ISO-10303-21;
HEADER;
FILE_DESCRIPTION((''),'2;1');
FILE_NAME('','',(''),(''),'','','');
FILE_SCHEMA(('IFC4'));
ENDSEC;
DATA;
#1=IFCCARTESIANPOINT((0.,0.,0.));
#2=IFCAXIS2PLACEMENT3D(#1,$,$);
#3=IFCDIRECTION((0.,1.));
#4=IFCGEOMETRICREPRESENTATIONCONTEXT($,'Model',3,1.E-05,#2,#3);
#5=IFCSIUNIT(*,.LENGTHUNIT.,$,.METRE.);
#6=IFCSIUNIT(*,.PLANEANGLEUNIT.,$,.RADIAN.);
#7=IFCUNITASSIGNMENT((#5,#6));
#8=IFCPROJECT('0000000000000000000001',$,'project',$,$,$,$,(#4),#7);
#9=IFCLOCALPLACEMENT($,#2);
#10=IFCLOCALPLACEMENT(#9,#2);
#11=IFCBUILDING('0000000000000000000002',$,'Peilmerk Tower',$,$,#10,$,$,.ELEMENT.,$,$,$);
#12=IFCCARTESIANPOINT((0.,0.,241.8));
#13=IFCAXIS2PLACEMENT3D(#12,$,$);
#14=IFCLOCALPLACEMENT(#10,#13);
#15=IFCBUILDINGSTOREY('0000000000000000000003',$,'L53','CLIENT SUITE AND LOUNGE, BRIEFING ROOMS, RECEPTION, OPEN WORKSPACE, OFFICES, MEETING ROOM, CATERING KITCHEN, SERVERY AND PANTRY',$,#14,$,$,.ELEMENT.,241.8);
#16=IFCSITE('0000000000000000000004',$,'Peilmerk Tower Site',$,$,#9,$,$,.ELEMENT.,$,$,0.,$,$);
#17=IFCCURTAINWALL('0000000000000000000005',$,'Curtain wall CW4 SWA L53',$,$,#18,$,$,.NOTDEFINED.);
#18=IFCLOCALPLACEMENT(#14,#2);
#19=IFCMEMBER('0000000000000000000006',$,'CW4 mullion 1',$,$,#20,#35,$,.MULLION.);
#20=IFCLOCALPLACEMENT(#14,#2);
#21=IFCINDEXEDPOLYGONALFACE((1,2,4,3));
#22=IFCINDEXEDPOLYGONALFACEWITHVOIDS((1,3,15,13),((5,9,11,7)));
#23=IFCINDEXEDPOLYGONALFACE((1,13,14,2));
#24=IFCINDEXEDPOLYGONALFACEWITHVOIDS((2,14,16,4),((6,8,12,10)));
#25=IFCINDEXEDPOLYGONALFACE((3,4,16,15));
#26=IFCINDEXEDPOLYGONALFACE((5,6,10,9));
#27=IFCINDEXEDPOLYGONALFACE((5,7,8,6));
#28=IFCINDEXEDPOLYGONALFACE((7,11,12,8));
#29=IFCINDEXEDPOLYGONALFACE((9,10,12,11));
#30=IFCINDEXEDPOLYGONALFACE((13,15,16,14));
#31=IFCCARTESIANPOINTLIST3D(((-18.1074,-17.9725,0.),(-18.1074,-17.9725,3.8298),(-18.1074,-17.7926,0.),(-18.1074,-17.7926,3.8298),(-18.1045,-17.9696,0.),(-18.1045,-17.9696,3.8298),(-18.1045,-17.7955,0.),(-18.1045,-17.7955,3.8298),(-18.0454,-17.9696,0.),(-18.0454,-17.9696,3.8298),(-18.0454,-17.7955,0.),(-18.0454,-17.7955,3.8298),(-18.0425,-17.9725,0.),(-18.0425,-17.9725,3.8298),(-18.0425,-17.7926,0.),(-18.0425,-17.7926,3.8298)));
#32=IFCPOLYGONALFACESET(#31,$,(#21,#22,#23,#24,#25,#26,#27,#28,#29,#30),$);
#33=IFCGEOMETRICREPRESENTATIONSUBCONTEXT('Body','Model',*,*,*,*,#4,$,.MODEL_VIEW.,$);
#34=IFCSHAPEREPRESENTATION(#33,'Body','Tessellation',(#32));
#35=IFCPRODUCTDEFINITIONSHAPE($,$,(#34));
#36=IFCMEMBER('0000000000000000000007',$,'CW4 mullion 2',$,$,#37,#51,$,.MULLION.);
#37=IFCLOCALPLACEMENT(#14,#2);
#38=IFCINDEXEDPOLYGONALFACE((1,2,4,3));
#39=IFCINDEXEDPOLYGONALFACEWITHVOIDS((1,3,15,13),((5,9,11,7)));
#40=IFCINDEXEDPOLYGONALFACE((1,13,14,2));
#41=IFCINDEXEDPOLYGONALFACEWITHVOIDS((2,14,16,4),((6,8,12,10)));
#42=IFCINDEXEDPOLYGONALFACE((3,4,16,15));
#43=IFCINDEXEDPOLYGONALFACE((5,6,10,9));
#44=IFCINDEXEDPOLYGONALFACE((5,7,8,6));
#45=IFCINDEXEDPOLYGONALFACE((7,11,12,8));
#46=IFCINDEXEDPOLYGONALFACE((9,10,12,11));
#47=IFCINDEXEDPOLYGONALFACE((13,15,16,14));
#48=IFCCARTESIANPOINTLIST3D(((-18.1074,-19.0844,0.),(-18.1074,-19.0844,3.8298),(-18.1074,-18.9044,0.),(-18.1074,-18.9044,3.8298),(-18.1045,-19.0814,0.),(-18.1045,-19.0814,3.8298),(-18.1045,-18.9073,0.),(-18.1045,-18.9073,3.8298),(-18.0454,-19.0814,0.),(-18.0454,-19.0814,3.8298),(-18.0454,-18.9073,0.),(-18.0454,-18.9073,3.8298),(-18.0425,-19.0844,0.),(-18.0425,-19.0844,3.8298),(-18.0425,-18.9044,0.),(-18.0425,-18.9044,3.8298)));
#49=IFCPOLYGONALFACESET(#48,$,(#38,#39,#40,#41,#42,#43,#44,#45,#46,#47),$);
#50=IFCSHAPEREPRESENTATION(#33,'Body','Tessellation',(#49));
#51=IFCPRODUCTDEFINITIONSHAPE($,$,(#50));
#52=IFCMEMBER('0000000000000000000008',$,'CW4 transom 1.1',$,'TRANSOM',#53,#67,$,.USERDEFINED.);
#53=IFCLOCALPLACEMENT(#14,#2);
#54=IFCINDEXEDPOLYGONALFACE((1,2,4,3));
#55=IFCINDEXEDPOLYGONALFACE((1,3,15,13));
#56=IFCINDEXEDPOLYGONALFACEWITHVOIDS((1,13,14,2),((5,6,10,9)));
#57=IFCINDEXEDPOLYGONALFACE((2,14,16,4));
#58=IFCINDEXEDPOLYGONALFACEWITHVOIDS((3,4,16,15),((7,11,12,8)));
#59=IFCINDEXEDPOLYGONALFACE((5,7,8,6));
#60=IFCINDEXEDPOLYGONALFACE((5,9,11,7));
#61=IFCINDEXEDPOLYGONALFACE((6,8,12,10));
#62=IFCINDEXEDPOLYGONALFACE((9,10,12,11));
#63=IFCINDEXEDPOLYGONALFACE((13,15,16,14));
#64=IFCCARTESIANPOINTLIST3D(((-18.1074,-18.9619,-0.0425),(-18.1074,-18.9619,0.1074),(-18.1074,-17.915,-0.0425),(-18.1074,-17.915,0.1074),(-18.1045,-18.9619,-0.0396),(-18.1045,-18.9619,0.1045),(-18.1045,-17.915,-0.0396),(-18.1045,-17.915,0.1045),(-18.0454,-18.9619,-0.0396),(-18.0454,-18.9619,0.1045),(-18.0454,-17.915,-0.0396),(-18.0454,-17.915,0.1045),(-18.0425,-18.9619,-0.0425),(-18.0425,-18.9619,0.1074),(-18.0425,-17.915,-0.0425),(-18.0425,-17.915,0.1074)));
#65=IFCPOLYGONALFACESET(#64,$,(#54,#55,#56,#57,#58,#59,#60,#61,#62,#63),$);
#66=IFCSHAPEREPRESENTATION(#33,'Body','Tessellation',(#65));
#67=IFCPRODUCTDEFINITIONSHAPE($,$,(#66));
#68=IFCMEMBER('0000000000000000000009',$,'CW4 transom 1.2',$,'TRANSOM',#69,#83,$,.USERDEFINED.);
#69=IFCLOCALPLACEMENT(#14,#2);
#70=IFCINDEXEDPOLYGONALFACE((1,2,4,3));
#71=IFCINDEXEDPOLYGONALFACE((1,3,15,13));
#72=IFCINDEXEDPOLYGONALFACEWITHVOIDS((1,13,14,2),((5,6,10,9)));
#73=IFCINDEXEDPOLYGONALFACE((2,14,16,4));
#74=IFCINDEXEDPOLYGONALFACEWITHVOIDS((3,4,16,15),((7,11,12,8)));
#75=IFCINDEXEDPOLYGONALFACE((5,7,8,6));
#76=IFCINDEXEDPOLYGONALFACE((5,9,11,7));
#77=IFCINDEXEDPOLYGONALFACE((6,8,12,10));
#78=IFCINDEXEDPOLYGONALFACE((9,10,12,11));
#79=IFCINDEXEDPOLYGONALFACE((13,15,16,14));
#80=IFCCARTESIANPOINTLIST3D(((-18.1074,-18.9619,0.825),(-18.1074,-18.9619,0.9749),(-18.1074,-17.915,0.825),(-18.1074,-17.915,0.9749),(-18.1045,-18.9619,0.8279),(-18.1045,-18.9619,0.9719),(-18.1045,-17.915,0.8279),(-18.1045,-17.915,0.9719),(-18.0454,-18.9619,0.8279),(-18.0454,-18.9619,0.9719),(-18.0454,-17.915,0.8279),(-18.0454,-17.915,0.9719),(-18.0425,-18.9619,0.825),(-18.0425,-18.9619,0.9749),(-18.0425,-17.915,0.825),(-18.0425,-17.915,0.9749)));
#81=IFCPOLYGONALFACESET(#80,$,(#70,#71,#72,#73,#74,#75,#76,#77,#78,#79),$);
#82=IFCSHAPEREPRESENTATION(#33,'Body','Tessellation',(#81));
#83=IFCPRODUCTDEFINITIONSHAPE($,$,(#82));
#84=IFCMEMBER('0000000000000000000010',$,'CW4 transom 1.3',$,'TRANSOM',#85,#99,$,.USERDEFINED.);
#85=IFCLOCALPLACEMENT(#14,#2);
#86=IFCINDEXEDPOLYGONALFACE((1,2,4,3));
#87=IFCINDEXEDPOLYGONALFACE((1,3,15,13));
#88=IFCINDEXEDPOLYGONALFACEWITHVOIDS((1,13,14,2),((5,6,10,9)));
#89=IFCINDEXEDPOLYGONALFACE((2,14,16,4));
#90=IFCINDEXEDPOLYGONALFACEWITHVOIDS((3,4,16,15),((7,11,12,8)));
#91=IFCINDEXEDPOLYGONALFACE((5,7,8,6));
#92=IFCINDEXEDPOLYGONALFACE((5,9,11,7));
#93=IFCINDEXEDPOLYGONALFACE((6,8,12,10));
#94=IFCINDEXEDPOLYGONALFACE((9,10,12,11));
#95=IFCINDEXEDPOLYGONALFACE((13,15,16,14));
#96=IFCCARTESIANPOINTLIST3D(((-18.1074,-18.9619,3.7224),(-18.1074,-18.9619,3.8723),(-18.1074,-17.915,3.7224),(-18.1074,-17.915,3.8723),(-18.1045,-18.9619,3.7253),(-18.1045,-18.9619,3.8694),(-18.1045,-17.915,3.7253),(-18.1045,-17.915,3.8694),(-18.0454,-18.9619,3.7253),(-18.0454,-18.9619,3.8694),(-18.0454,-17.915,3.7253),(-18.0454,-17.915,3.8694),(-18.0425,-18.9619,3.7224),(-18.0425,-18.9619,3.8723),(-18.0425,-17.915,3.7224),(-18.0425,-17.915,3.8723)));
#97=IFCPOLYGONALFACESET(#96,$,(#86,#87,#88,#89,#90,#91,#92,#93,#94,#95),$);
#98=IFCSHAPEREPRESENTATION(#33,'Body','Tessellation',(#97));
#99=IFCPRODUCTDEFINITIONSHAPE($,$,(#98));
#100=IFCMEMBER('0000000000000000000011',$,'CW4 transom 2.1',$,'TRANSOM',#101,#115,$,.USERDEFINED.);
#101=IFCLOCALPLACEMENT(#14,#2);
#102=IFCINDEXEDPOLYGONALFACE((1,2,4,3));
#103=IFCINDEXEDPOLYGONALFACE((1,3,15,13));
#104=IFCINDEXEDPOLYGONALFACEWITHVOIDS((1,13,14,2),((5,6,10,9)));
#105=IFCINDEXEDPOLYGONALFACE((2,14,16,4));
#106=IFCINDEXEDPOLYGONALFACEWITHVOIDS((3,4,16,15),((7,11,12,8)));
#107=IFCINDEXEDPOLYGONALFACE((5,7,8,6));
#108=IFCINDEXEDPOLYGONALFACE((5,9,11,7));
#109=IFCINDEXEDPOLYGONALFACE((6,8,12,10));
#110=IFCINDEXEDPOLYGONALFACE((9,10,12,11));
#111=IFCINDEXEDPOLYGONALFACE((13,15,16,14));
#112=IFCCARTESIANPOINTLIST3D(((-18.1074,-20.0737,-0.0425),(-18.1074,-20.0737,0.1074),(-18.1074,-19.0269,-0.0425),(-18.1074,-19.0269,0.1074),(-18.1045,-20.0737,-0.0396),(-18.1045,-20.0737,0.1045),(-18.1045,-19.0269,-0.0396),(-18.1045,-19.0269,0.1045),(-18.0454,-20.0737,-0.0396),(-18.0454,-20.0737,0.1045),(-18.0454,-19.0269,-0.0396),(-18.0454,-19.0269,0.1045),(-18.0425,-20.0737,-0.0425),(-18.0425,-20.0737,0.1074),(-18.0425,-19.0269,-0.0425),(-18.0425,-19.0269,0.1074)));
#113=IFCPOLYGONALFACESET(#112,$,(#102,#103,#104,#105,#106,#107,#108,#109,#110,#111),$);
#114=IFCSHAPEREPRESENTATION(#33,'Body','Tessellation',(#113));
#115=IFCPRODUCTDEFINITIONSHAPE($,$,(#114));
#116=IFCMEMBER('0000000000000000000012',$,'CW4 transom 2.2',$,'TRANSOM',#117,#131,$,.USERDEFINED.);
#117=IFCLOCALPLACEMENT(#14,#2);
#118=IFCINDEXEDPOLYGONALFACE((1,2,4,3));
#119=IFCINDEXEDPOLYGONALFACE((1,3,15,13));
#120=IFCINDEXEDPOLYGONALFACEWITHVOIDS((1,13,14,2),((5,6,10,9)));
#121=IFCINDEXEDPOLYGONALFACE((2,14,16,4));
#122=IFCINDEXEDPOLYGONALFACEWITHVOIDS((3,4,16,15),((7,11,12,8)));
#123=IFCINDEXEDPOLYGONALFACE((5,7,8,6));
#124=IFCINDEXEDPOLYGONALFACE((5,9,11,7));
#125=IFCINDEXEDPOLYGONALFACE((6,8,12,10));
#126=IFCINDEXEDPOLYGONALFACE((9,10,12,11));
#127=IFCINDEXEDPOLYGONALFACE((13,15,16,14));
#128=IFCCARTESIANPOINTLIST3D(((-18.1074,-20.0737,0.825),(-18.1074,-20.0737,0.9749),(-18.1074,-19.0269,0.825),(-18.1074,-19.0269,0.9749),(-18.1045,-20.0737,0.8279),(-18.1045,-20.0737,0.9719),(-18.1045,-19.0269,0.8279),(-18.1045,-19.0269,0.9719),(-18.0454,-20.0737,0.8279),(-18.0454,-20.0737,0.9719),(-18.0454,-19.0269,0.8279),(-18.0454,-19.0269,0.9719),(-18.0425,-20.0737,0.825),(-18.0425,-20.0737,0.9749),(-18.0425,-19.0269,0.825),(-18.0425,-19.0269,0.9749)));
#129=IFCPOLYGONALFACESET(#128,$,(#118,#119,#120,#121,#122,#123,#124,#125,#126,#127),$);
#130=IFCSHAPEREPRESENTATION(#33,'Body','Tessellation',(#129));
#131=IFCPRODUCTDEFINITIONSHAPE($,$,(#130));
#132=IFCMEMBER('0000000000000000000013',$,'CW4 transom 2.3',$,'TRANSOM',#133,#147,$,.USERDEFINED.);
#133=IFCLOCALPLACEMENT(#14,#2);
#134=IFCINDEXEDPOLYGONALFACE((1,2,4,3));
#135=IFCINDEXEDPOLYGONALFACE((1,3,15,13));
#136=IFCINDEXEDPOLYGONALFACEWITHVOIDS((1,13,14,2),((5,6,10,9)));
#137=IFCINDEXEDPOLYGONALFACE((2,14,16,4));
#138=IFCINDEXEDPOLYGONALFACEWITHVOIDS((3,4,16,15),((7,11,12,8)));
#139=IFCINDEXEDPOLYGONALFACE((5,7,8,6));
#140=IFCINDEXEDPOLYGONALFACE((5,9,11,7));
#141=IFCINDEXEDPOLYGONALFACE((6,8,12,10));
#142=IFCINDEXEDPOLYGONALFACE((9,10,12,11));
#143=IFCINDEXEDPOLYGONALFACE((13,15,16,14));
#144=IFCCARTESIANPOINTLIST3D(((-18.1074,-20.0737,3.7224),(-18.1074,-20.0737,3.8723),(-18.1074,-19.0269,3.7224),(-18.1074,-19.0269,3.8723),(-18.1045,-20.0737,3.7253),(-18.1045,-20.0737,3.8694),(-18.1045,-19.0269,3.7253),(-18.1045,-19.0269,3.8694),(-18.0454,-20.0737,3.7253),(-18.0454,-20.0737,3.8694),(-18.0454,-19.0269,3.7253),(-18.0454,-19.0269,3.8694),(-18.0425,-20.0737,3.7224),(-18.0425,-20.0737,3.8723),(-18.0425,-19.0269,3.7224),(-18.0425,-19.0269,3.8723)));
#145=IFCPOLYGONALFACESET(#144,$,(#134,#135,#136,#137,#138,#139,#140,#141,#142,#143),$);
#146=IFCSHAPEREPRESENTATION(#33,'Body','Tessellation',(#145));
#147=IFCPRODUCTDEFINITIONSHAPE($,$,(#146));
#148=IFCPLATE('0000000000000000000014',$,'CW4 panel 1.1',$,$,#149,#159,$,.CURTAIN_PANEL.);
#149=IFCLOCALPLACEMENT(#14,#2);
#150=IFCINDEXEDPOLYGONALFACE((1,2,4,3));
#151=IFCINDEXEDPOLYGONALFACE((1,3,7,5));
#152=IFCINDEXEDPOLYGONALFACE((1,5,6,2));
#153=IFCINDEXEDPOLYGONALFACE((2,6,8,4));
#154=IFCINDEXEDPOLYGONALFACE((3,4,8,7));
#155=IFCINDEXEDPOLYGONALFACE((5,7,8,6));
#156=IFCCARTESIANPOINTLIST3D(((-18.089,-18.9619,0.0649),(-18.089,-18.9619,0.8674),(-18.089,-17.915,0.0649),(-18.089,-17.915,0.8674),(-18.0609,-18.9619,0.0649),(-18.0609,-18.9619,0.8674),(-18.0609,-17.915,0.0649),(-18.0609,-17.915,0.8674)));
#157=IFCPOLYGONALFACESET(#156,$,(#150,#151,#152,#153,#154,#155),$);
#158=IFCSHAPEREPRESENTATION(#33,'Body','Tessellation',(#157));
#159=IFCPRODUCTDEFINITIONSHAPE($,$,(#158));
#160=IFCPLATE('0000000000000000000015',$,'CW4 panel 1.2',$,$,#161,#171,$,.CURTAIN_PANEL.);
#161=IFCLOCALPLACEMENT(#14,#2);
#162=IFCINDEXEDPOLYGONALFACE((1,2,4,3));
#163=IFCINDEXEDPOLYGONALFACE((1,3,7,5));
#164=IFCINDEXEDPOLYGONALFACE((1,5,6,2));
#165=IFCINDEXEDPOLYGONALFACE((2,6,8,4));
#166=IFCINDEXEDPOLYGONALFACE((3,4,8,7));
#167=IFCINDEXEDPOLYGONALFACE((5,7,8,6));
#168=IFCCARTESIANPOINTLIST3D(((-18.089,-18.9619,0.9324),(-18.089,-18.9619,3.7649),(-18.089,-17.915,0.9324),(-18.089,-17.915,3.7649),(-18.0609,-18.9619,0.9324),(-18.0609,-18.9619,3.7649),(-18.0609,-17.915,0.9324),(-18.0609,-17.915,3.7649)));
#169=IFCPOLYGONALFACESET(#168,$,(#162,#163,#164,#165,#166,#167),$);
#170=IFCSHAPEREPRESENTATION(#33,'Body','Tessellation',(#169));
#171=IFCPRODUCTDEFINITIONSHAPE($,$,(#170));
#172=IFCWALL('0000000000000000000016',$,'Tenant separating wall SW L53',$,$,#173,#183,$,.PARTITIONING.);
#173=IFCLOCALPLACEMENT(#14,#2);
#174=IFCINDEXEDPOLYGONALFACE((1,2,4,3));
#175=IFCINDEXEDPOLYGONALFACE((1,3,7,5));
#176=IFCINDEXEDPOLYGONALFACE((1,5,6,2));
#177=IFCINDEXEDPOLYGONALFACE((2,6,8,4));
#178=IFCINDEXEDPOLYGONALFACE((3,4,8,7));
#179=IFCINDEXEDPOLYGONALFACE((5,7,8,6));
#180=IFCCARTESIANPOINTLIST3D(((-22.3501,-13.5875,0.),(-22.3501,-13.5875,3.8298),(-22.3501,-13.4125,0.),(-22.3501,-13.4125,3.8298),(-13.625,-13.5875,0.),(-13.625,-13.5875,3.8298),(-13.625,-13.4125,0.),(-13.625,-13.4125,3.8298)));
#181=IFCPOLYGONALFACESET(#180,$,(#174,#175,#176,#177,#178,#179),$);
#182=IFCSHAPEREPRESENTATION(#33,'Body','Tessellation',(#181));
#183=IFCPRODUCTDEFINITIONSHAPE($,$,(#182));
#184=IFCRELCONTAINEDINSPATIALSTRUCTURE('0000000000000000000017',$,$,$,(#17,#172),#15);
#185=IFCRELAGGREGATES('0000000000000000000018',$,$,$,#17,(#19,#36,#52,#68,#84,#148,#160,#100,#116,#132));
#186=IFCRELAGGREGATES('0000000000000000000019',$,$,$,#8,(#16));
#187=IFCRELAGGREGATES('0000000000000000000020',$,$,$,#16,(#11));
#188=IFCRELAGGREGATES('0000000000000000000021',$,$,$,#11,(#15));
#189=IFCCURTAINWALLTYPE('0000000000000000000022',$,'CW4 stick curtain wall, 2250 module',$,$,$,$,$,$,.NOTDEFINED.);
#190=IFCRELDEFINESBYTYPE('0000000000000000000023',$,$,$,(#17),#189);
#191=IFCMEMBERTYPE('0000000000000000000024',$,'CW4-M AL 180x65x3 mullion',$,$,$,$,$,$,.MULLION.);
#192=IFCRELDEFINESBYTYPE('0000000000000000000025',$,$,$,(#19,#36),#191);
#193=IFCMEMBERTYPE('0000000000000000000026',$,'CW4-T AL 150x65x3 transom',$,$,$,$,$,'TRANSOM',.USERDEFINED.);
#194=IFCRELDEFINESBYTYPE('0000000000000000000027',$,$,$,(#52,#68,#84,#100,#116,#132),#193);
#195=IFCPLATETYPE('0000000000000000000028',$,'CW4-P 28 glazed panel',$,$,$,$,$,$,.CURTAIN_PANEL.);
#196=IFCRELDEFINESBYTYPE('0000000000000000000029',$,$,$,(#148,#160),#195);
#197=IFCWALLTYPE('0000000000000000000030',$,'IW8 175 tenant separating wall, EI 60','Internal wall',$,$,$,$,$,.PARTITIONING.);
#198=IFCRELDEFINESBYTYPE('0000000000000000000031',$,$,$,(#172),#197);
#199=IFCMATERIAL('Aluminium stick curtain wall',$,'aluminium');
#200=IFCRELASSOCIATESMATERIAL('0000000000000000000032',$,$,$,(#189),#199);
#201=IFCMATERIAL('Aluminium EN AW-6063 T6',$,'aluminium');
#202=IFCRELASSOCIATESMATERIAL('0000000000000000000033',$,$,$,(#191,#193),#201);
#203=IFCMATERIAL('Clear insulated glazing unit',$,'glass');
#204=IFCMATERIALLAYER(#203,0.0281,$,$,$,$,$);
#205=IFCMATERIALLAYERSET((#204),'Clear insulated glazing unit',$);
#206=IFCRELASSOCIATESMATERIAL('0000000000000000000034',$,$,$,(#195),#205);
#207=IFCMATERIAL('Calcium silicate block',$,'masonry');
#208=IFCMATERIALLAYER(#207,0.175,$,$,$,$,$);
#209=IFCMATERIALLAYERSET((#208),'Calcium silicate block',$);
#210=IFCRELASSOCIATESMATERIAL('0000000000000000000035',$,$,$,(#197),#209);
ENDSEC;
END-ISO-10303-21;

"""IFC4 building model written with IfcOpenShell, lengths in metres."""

from ifc_helpers import new_model, si_unit, direction, frame, frame_2d, origin, origin_2d, place, context, subcontext, project, spatial, rectangle, hollow_rectangle, extrude, material, layer, layer_set, material_profile, profile_set, type_object, element, aggregate, save


model = new_model("IFC4")

# Units and contexts
model_context = context("Model", 3, precision=1e-05, world=origin(), true_north=direction((0.0, 1.0)))
body_context = subcontext(model_context, "Body", "Model", "MODEL_VIEW")
ifc_project = project(units=[si_unit("LENGTHUNIT", "METRE"), si_unit("PLANEANGLEUNIT", "RADIAN")], contexts=[model_context])

# Site, building, storey
site_placement = place(None, origin())
site = spatial("IfcSite", under=ifc_project, at=site_placement, Name="Peilmerk Tower Site", CompositionType="ELEMENT", RefElevation=0.0)
building_placement = place(site_placement, origin())
building = spatial("IfcBuilding", under=site, at=building_placement, Name="Peilmerk Tower", CompositionType="ELEMENT")
storey_placement = place(building_placement, frame((0.0, 0.0, 241.8)))
storey = spatial("IfcBuildingStorey", under=building, at=storey_placement, Name="L53", Description="CLIENT SUITE AND LOUNGE, BRIEFING ROOMS, RECEPTION, OPEN WORKSPACE, OFFICES, MEETING ROOM, CATERING KITCHEN, SERVERY AND PANTRY", CompositionType="ELEMENT", Elevation=241.8)

# Curtain wall, members, plates
ifc_material_1 = material(Name="Aluminium stick curtain wall", Category="aluminium")
curtain_wall_type = type_object("IfcCurtainWallType", Name="CW4 stick curtain wall, 2250 module", PredefinedType="NOTDEFINED", material=ifc_material_1)
curtain_wall_placement = place(storey_placement, origin())
curtain_wall = element("IfcCurtainWall", 1, at=curtain_wall_placement, inside=storey, type_object=curtain_wall_type, Name="Curtain wall CW4 SWA L53", PredefinedType="NOTDEFINED")
ifc_material_2 = material(Name="Aluminium EN AW-6063 T6", Category="aluminium")
ifc_material_profile_1 = material_profile(ifc_material_2, hollow_rectangle(XDim=0.0649, YDim=0.1799, WallThickness=0.0029, at=origin_2d()), Name="AL 180x65x3")
ifc_profile_set_1 = profile_set([ifc_material_profile_1], Name="Aluminium EN AW-6063 T6")
member_type_1 = type_object("IfcMemberType", Name="CW4-M AL 180x65x3 mullion", PredefinedType="MULLION", material=ifc_profile_set_1)
member_1_placement = place(storey_placement, frame((-18.075, -17.8826, 0.0), z_axis=(0.0, 0.0, 1.0), x_axis=(1.0, 0.0, 0.0)))
member_1 = element("IfcMember", 2, at=member_1_placement, type_object=member_type_1, Name="CW4 mullion 1", PredefinedType="MULLION", context=body_context, shape_type="SweptSolid", body=[
    extrude(hollow_rectangle(XDim=0.0649, YDim=0.1799, WallThickness=0.0029, at=origin_2d()), origin(), (0.0, 0.0, 1.0), 3.8298),
])
member_2_placement = place(storey_placement, frame((-18.075, -18.9944, 0.0), z_axis=(0.0, 0.0, 1.0), x_axis=(1.0, 0.0, 0.0)))
member_2 = element("IfcMember", 3, at=member_2_placement, type_object=member_type_1, Name="CW4 mullion 2", PredefinedType="MULLION", context=body_context, shape_type="SweptSolid", body=[
    extrude(hollow_rectangle(XDim=0.0649, YDim=0.1799, WallThickness=0.0029, at=origin_2d()), origin(), (0.0, 0.0, 1.0), 3.8298),
])
ifc_material_profile_2 = material_profile(ifc_material_2, hollow_rectangle(XDim=0.0649, YDim=0.1499, WallThickness=0.0029, at=origin_2d()), Name="AL 150x65x3")
ifc_profile_set_2 = profile_set([ifc_material_profile_2], Name="Aluminium EN AW-6063 T6")
member_type_2 = type_object("IfcMemberType", Name="CW4-T AL 150x65x3 transom", ElementType="TRANSOM", PredefinedType="USERDEFINED", material=ifc_profile_set_2)
member_3_placement = place(storey_placement, frame((-18.075, -17.915, 0.0325), z_axis=(0.0, -1.0, 0.0), x_axis=(1.0, 0.0, 0.0)))
member_3 = element("IfcMember", 4, at=member_3_placement, type_object=member_type_2, Name="CW4 transom 1.1", ObjectType="TRANSOM", PredefinedType="USERDEFINED", context=body_context, shape_type="SweptSolid", body=[
    extrude(hollow_rectangle(XDim=0.0649, YDim=0.1499, WallThickness=0.0029, at=origin_2d()), origin(), (0.0, 0.0, 1.0), 1.0469),
])
member_4_placement = place(storey_placement, frame((-18.075, -17.915, 0.8999), z_axis=(0.0, -1.0, 0.0), x_axis=(1.0, 0.0, 0.0)))
member_4 = element("IfcMember", 5, at=member_4_placement, type_object=member_type_2, Name="CW4 transom 1.2", ObjectType="TRANSOM", PredefinedType="USERDEFINED", context=body_context, shape_type="SweptSolid", body=[
    extrude(hollow_rectangle(XDim=0.0649, YDim=0.1499, WallThickness=0.0029, at=origin_2d()), origin(), (0.0, 0.0, 1.0), 1.0469),
])
member_5_placement = place(storey_placement, frame((-18.075, -17.915, 3.7974), z_axis=(0.0, -1.0, 0.0), x_axis=(1.0, 0.0, 0.0)))
member_5 = element("IfcMember", 6, at=member_5_placement, type_object=member_type_2, Name="CW4 transom 1.3", ObjectType="TRANSOM", PredefinedType="USERDEFINED", context=body_context, shape_type="SweptSolid", body=[
    extrude(hollow_rectangle(XDim=0.0649, YDim=0.1499, WallThickness=0.0029, at=origin_2d()), origin(), (0.0, 0.0, 1.0), 1.0469),
])
member_6_placement = place(storey_placement, frame((-18.075, -19.0269, 0.0325), z_axis=(0.0, -1.0, 0.0), x_axis=(1.0, 0.0, 0.0)))
member_6 = element("IfcMember", 7, at=member_6_placement, type_object=member_type_2, Name="CW4 transom 2.1", ObjectType="TRANSOM", PredefinedType="USERDEFINED", context=body_context, shape_type="SweptSolid", body=[
    extrude(hollow_rectangle(XDim=0.0649, YDim=0.1499, WallThickness=0.0029, at=origin_2d()), origin(), (0.0, 0.0, 1.0), 1.0469),
])
member_7_placement = place(storey_placement, frame((-18.075, -19.0269, 0.8999), z_axis=(0.0, -1.0, 0.0), x_axis=(1.0, 0.0, 0.0)))
member_7 = element("IfcMember", 8, at=member_7_placement, type_object=member_type_2, Name="CW4 transom 2.2", ObjectType="TRANSOM", PredefinedType="USERDEFINED", context=body_context, shape_type="SweptSolid", body=[
    extrude(hollow_rectangle(XDim=0.0649, YDim=0.1499, WallThickness=0.0029, at=origin_2d()), origin(), (0.0, 0.0, 1.0), 1.0469),
])
member_8_placement = place(storey_placement, frame((-18.075, -19.0269, 3.7974), z_axis=(0.0, -1.0, 0.0), x_axis=(1.0, 0.0, 0.0)))
member_8 = element("IfcMember", 9, at=member_8_placement, type_object=member_type_2, Name="CW4 transom 2.3", ObjectType="TRANSOM", PredefinedType="USERDEFINED", context=body_context, shape_type="SweptSolid", body=[
    extrude(hollow_rectangle(XDim=0.0649, YDim=0.1499, WallThickness=0.0029, at=origin_2d()), origin(), (0.0, 0.0, 1.0), 1.0469),
])
ifc_material_3 = material(Name="Clear insulated glazing unit", Category="glass")
ifc_layer_1 = layer(ifc_material_3, 0.0281)
ifc_layer_set_1 = layer_set([ifc_layer_1], Name="Clear insulated glazing unit")
plate_type = type_object("IfcPlateType", Name="CW4-P 28 glazed panel", PredefinedType="CURTAIN_PANEL", material=ifc_layer_set_1)
plate_1_placement = place(storey_placement, frame((-18.075, -18.4385, 0.0649), z_axis=(0.0, 0.0, 1.0), x_axis=(0.0, -1.0, 0.0)))
plate_1 = element("IfcPlate", 10, at=plate_1_placement, type_object=plate_type, Name="CW4 panel 1.1", PredefinedType="CURTAIN_PANEL", context=body_context, shape_type="SweptSolid", body=[
    extrude(rectangle(XDim=1.0469, YDim=0.0281, at=origin_2d()), origin(), (0.0, 0.0, 1.0), 0.8025),
])
plate_2_placement = place(storey_placement, frame((-18.075, -18.4385, 0.9324), z_axis=(0.0, 0.0, 1.0), x_axis=(0.0, -1.0, 0.0)))
plate_2 = element("IfcPlate", 11, at=plate_2_placement, type_object=plate_type, Name="CW4 panel 1.2", PredefinedType="CURTAIN_PANEL", context=body_context, shape_type="SweptSolid", body=[
    extrude(rectangle(XDim=1.0469, YDim=0.0281, at=origin_2d()), origin(), (0.0, 0.0, 1.0), 2.8325),
])
aggregate(curtain_wall, [member_1, member_2, member_3, member_4, member_5, plate_1, plate_2, member_6, member_7, member_8])

# Wall
ifc_material_4 = material(Name="Calcium silicate block", Category="masonry")
ifc_layer_2 = layer(ifc_material_4, 0.175)
ifc_layer_set_2 = layer_set([ifc_layer_2], Name="Calcium silicate block")
wall_type = type_object("IfcWallType", Name="IW8 175 tenant separating wall, EI 60", Description="Internal wall", PredefinedType="PARTITIONING", material=ifc_layer_set_2)
wall_1_placement = place(storey_placement, frame((-13.625, -13.5, 0.0), z_axis=(0.0, 0.0, 1.0), x_axis=(-1.0, 0.0, 0.0)))
element("IfcWall", 12, at=wall_1_placement, inside=storey, type_object=wall_type, Name="Tenant separating wall SW L53", PredefinedType="PARTITIONING", context=body_context, shape_type="SweptSolid", body=[
    extrude(rectangle(XDim=8.7251, YDim=0.175, at=frame_2d((4.3625, 0.0))), origin(), (0.0, 0.0, 1.0), 3.8298),
])

save(model, "model.ifc")
